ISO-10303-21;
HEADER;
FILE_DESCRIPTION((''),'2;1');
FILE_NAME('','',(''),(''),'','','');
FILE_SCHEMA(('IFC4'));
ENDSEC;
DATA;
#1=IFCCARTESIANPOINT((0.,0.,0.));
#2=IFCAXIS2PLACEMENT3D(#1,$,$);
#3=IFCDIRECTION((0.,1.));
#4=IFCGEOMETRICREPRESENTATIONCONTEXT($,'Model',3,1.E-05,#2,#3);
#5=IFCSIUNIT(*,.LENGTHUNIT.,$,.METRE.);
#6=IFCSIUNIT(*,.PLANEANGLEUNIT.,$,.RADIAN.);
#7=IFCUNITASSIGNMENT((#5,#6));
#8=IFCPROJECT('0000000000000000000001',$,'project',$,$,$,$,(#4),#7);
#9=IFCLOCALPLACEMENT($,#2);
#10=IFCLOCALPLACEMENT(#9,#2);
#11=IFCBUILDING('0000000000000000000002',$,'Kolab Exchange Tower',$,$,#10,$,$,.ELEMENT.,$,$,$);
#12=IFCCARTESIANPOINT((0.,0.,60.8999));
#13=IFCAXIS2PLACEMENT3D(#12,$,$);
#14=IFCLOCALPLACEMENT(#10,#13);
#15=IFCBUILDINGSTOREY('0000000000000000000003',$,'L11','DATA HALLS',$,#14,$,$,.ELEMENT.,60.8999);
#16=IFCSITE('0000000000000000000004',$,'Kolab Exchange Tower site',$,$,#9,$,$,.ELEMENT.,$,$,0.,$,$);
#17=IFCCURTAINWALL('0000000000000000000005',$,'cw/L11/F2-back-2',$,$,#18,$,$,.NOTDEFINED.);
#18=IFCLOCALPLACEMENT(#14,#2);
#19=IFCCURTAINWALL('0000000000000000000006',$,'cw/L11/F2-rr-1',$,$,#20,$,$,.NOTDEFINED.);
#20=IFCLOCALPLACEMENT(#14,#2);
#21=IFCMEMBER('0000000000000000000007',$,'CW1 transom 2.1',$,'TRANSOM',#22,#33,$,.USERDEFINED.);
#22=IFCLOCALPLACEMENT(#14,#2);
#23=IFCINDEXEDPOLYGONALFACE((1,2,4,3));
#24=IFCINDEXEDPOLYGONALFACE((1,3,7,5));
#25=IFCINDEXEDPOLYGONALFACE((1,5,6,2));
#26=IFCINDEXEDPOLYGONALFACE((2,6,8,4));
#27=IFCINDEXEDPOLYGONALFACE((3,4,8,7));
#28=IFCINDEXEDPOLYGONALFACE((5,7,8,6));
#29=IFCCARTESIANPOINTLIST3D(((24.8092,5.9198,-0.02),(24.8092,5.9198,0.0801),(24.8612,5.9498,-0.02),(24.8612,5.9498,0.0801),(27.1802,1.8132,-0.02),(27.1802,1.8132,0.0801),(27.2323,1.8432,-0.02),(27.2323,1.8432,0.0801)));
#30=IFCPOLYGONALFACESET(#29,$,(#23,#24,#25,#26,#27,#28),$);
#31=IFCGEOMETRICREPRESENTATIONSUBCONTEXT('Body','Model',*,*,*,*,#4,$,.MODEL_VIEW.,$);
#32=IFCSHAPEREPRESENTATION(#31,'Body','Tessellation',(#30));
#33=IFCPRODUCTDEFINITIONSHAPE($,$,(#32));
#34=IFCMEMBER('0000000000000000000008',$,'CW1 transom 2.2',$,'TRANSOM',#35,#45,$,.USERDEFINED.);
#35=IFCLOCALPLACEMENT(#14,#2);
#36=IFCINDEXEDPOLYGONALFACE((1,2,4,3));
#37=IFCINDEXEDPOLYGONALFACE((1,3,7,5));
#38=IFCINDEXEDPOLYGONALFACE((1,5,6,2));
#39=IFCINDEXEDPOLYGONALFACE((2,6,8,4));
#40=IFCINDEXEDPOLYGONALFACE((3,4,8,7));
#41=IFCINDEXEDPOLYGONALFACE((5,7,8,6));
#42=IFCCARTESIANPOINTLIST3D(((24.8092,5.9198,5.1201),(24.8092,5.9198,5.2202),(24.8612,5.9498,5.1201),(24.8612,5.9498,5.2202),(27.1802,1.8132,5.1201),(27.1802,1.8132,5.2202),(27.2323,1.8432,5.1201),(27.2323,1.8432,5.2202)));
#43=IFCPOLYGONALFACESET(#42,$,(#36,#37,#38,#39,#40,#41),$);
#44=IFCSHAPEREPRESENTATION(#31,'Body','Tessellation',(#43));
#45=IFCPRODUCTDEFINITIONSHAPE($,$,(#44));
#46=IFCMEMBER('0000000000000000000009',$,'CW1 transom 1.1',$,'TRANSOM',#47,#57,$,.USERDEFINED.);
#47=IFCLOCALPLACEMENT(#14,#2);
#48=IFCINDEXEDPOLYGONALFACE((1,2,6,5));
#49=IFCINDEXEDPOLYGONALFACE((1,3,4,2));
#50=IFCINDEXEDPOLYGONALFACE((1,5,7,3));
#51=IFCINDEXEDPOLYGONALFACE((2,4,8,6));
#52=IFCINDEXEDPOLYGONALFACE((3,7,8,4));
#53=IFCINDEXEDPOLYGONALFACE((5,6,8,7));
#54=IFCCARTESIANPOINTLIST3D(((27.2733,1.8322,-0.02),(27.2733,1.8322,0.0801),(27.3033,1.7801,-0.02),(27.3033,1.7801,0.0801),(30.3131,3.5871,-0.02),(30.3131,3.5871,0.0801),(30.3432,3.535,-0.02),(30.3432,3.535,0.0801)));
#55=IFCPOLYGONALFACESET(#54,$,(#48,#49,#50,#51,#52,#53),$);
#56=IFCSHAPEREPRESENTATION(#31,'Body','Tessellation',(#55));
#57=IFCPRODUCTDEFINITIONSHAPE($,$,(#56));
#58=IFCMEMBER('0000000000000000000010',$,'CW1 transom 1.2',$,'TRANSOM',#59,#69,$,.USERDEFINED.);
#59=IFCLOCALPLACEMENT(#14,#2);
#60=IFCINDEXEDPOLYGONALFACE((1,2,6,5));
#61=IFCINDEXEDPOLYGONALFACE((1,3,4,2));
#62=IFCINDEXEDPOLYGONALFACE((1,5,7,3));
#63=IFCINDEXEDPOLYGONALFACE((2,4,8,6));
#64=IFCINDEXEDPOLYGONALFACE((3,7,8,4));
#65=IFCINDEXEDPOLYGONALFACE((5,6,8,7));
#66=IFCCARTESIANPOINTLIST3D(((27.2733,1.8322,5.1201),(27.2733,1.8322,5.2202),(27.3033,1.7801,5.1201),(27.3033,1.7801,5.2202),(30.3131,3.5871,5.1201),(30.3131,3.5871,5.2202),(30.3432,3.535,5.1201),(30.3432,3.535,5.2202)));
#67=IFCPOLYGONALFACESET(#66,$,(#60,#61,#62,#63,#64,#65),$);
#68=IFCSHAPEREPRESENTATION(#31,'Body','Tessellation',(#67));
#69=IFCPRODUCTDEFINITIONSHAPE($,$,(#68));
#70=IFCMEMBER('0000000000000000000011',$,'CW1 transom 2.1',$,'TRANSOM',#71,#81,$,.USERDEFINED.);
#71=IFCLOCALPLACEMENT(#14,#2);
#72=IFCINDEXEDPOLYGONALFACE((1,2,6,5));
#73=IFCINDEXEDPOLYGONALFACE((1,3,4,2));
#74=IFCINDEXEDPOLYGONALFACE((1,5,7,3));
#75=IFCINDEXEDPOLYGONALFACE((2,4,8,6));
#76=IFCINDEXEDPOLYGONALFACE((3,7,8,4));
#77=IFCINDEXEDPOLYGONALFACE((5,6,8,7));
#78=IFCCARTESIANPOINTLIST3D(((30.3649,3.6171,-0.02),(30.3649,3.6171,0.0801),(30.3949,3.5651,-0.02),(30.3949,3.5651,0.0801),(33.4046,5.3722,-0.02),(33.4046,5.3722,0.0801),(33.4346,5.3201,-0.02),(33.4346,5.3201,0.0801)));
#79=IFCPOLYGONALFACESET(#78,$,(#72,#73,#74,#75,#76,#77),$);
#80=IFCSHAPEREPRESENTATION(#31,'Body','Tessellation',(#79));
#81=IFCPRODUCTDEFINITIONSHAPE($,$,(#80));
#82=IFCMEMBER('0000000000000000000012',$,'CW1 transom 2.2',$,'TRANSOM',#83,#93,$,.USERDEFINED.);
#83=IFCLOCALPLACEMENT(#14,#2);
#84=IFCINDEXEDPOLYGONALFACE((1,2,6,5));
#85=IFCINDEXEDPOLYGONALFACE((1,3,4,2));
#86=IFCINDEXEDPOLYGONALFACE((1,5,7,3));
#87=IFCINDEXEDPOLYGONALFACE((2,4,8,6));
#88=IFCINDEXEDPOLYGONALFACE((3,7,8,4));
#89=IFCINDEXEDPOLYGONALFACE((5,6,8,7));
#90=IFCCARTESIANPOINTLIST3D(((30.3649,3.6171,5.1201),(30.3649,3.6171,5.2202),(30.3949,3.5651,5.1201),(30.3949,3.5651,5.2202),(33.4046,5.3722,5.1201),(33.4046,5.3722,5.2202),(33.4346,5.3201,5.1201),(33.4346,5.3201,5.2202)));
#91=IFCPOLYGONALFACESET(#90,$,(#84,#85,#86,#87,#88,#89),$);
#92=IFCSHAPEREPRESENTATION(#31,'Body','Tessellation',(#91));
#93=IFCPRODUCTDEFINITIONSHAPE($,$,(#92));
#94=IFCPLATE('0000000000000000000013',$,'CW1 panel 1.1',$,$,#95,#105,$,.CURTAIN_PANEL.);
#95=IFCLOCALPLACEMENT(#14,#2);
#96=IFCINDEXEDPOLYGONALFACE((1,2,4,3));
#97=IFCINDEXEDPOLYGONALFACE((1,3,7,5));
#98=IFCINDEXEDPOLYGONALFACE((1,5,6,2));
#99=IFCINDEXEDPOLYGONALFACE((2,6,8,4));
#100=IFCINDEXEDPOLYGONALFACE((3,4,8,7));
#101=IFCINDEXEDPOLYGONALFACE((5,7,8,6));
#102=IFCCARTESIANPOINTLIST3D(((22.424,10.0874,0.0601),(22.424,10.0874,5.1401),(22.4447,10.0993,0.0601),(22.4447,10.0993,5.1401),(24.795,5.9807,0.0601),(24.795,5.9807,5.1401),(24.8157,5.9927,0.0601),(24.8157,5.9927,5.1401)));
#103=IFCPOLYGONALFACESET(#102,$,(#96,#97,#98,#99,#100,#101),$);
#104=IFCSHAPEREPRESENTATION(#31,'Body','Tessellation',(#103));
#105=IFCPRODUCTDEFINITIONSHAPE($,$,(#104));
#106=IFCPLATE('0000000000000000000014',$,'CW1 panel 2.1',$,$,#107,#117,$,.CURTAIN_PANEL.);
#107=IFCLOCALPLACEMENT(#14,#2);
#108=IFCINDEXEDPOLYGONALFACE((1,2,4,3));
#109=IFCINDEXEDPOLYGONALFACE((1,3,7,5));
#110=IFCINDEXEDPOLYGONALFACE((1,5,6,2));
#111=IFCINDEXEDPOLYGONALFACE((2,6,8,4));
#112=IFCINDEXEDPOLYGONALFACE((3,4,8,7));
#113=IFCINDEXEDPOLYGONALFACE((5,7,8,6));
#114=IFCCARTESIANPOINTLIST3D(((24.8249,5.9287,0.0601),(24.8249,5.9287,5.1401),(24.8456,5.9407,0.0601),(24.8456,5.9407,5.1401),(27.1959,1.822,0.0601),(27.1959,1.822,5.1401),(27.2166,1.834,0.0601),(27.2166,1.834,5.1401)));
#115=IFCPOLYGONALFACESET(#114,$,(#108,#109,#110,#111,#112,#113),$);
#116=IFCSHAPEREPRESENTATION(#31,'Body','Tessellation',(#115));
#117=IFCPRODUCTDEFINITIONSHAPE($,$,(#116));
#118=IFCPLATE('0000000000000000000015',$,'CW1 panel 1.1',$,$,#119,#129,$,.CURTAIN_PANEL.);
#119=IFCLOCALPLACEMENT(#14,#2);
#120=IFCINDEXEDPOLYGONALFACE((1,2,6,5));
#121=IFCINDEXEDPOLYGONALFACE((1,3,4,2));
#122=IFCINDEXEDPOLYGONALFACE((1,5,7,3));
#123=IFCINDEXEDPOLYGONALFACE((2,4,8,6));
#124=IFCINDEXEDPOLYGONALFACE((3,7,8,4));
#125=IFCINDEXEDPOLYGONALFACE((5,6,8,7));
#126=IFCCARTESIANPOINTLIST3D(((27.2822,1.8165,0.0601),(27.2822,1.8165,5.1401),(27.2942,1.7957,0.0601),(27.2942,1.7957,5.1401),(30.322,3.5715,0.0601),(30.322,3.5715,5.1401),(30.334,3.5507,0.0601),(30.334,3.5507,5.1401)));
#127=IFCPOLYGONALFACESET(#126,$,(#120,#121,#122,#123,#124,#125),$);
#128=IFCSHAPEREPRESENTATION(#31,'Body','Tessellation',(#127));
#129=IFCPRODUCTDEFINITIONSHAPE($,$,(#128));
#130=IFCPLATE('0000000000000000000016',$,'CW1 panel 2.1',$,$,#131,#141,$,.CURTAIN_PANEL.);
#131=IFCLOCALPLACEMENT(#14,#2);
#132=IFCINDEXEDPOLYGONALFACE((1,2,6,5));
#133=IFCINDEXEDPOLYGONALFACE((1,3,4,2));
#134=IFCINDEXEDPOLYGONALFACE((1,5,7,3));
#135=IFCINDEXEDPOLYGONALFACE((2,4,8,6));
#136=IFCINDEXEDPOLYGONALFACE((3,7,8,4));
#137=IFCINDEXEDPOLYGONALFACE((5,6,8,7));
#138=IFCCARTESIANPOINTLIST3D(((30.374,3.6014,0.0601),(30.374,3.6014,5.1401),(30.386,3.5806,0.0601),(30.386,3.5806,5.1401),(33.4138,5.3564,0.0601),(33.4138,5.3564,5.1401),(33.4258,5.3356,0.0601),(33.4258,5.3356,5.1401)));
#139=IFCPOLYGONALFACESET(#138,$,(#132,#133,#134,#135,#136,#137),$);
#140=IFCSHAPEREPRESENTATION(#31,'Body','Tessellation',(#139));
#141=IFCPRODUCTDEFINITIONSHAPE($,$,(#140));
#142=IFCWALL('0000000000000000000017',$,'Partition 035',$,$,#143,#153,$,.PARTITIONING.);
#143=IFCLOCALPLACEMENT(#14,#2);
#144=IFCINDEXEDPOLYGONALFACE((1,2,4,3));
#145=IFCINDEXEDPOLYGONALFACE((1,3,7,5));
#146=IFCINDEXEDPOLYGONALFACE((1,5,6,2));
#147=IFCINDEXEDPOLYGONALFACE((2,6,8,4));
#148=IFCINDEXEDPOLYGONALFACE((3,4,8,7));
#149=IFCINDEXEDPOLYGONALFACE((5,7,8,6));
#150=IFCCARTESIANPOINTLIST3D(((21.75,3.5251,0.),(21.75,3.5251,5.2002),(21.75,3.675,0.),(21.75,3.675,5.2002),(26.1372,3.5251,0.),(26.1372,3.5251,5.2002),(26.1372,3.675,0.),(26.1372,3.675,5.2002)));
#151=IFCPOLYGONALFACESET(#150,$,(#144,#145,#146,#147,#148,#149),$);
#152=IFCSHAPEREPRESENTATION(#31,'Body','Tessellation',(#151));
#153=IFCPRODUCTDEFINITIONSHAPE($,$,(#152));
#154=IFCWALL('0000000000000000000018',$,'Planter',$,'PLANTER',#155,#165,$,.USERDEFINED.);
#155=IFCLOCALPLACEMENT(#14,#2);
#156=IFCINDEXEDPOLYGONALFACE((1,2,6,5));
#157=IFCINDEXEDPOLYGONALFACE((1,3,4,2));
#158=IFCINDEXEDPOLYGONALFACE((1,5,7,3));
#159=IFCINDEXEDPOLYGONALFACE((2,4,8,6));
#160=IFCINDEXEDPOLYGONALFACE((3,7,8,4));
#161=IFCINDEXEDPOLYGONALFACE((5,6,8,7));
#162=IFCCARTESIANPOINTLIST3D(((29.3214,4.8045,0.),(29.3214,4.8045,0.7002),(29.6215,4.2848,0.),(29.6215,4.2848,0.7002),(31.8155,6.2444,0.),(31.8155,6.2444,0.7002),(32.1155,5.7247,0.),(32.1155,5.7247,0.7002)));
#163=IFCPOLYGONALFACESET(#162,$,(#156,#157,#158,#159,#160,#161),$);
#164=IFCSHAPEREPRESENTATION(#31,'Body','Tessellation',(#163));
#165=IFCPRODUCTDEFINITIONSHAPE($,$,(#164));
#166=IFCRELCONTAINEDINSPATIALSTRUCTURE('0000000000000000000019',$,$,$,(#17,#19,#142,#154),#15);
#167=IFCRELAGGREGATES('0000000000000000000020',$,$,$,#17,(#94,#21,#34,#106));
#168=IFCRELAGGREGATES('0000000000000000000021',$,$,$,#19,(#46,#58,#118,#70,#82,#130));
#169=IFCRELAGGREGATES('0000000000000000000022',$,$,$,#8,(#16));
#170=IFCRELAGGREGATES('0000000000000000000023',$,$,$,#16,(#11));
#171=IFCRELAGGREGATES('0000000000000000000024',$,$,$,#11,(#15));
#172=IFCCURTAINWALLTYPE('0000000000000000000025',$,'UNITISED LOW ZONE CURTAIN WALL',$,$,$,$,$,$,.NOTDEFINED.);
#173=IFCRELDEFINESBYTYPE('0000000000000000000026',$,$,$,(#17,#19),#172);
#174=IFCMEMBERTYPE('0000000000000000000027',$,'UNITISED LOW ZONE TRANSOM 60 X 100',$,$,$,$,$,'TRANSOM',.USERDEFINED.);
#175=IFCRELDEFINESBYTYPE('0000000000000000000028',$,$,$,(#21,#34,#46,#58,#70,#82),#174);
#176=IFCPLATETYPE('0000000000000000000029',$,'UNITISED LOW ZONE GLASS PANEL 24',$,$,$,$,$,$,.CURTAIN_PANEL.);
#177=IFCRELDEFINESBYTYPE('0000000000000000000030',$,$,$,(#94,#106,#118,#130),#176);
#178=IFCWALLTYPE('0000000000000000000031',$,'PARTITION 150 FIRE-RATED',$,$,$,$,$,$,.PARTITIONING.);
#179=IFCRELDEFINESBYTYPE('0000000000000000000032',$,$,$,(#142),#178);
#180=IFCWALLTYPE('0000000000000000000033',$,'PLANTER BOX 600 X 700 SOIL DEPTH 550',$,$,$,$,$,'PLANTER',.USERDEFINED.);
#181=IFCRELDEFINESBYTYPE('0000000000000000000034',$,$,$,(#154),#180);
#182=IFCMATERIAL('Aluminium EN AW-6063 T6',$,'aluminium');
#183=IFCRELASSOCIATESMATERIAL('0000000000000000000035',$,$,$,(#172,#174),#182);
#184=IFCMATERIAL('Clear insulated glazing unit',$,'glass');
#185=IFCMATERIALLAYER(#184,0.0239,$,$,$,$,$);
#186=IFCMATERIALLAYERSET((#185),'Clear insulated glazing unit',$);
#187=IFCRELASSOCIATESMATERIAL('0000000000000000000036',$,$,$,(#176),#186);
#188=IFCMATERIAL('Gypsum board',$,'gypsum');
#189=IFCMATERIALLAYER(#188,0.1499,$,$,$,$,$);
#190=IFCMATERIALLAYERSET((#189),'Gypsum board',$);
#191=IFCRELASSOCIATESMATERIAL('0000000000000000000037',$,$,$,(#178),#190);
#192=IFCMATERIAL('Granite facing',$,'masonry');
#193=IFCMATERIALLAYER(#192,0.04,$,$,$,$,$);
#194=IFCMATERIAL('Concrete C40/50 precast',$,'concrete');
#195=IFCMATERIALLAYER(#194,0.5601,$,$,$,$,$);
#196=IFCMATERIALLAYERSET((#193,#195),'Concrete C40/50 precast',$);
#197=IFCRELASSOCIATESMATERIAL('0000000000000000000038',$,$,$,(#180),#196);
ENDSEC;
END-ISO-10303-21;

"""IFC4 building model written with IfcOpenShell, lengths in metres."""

from ifc_helpers import new_model, si_unit, direction, frame, frame_2d, origin, origin_2d, place, context, subcontext, project, spatial, rectangle, extrude, material, layer, layer_set, material_profile, profile_set, type_object, element, aggregate, save


model = new_model("IFC4")

# Units and contexts
model_context = context("Model", 3, precision=1e-05, world=origin(), true_north=direction((0.0, 1.0)))
body_context = subcontext(model_context, "Body", "Model", "MODEL_VIEW")
ifc_project = project(units=[si_unit("LENGTHUNIT", "METRE"), si_unit("PLANEANGLEUNIT", "RADIAN")], contexts=[model_context])

# Site, building, storey
site_placement = place(None, origin())
site = spatial("IfcSite", under=ifc_project, at=site_placement, Name="Kolab Exchange Tower site", CompositionType="ELEMENT", RefElevation=0.0)
building_placement = place(site_placement, origin())
building = spatial("IfcBuilding", under=site, at=building_placement, Name="Kolab Exchange Tower", CompositionType="ELEMENT")
storey_placement = place(building_placement, frame((0.0, 0.0, 60.8999)))
storey = spatial("IfcBuildingStorey", under=building, at=storey_placement, Name="L11", Description="DATA HALLS", CompositionType="ELEMENT", Elevation=60.8999)

# Curtain walls
ifc_material_1 = material(Name="Aluminium EN AW-6063 T6", Category="aluminium")
curtain_wall_type = type_object("IfcCurtainWallType", Name="UNITISED LOW ZONE CURTAIN WALL", PredefinedType="NOTDEFINED", material=ifc_material_1)
curtain_wall_1_placement = place(storey_placement, origin())
curtain_wall_1 = element("IfcCurtainWall", 1, at=curtain_wall_1_placement, inside=storey, type_object=curtain_wall_type, Name="cw/L11/F2-back-2", PredefinedType="NOTDEFINED")
curtain_wall_2_placement = place(storey_placement, origin())
curtain_wall_2 = element("IfcCurtainWall", 2, at=curtain_wall_2_placement, inside=storey, type_object=curtain_wall_type, Name="cw/L11/F2-rr-1", PredefinedType="NOTDEFINED")

# Members
ifc_material_profile_1 = material_profile(ifc_material_1, rectangle(XDim=0.0601, YDim=0.1001, at=origin_2d()), Name="RECT 60X100")
ifc_profile_set_1 = profile_set([ifc_material_profile_1], Name="Aluminium EN AW-6063 T6")
member_type_1 = type_object("IfcMemberType", Name="UNITISED LOW ZONE TRANSOM 60 X 100", ElementType="TRANSOM", PredefinedType="USERDEFINED", material=ifc_profile_set_1)
member_1_placement = place(storey_placement, frame((24.8352, 5.9348, 0.03), z_axis=(0.500015, -0.866017, 0.0), x_axis=(0.866017, 0.500015, 0.0)))
member_1 = element("IfcMember", 3, at=member_1_placement, type_object=member_type_1, Name="CW1 transom 2.1", ObjectType="TRANSOM", PredefinedType="USERDEFINED", context=body_context, shape_type="SweptSolid", body=[
    extrude(rectangle(XDim=0.0601, YDim=0.1001, at=origin_2d()), origin(), (0.0, 0.0, 1.0), 4.7419),
])
member_2_placement = place(storey_placement, frame((24.8352, 5.9348, 5.1702), z_axis=(0.500015, -0.866017, 0.0), x_axis=(0.866017, 0.500015, 0.0)))
member_2 = element("IfcMember", 4, at=member_2_placement, type_object=member_type_1, Name="CW1 transom 2.2", ObjectType="TRANSOM", PredefinedType="USERDEFINED", context=body_context, shape_type="SweptSolid", body=[
    extrude(rectangle(XDim=0.0601, YDim=0.1001, at=origin_2d()), origin(), (0.0, 0.0, 1.0), 4.7419),
])
member_3_placement = place(storey_placement, frame((27.2883, 1.8062, 0.03), z_axis=(0.866043, 0.499969, 0.0), x_axis=(-0.499969, 0.866043, 0.0)))
member_3 = element("IfcMember", 5, at=member_3_placement, type_object=member_type_1, Name="CW1 transom 1.1", ObjectType="TRANSOM", PredefinedType="USERDEFINED", context=body_context, shape_type="SweptSolid", body=[
    extrude(rectangle(XDim=0.0601, YDim=0.1001, at=origin_2d()), origin(), (0.0, 0.0, 1.0), 3.51),
])
member_4_placement = place(storey_placement, frame((27.2883, 1.8062, 5.1702), z_axis=(0.866043, 0.499969, 0.0), x_axis=(-0.499969, 0.866043, 0.0)))
member_4 = element("IfcMember", 6, at=member_4_placement, type_object=member_type_1, Name="CW1 transom 1.2", ObjectType="TRANSOM", PredefinedType="USERDEFINED", context=body_context, shape_type="SweptSolid", body=[
    extrude(rectangle(XDim=0.0601, YDim=0.1001, at=origin_2d()), origin(), (0.0, 0.0, 1.0), 3.51),
])
member_5_placement = place(storey_placement, frame((30.3799, 3.5911, 0.03), z_axis=(0.866013, 0.500021, 0.0), x_axis=(-0.500021, 0.866013, 0.0)))
member_5 = element("IfcMember", 7, at=member_5_placement, type_object=member_type_1, Name="CW1 transom 2.1", ObjectType="TRANSOM", PredefinedType="USERDEFINED", context=body_context, shape_type="SweptSolid", body=[
    extrude(rectangle(XDim=0.0601, YDim=0.1001, at=origin_2d()), origin(), (0.0, 0.0, 1.0), 3.51),
])
member_6_placement = place(storey_placement, frame((30.3799, 3.5911, 5.1702), z_axis=(0.866013, 0.500021, 0.0), x_axis=(-0.500021, 0.866013, 0.0)))
member_6 = element("IfcMember", 8, at=member_6_placement, type_object=member_type_1, Name="CW1 transom 2.2", ObjectType="TRANSOM", PredefinedType="USERDEFINED", context=body_context, shape_type="SweptSolid", body=[
    extrude(rectangle(XDim=0.0601, YDim=0.1001, at=origin_2d()), origin(), (0.0, 0.0, 1.0), 3.51),
])

# Plates
ifc_material_2 = material(Name="Clear insulated glazing unit", Category="glass")
ifc_layer_1 = layer(ifc_material_2, 0.0239)
ifc_layer_set_1 = layer_set([ifc_layer_1], Name="Clear insulated glazing unit")
plate_type = type_object("IfcPlateType", Name="UNITISED LOW ZONE GLASS PANEL 24", PredefinedType="CURTAIN_PANEL", material=ifc_layer_set_1)
plate_1_placement = place(storey_placement, frame((23.6199, 8.04, 0.0601), z_axis=(0.0, 0.0, 1.0), x_axis=(0.5, -0.866025, 0.0)))
plate_1 = element("IfcPlate", 9, at=plate_1_placement, type_object=plate_type, Name="CW1 panel 1.1", PredefinedType="CURTAIN_PANEL", context=body_context, shape_type="SweptSolid", body=[
    extrude(rectangle(XDim=4.7419, YDim=0.0239, at=origin_2d()), origin(), (0.0, 0.0, 1.0), 5.0801),
])
plate_2_placement = place(storey_placement, frame((26.0208, 3.8813, 0.0601), z_axis=(0.0, 0.0, 1.0), x_axis=(0.5, -0.866025, 0.0)))
plate_2 = element("IfcPlate", 10, at=plate_2_placement, type_object=plate_type, Name="CW1 panel 2.1", PredefinedType="CURTAIN_PANEL", context=body_context, shape_type="SweptSolid", body=[
    extrude(rectangle(XDim=4.7419, YDim=0.0239, at=origin_2d()), origin(), (0.0, 0.0, 1.0), 5.0801),
])
aggregate(curtain_wall_1, [plate_1, member_1, member_2, plate_2])
plate_3_placement = place(storey_placement, frame((28.8081, 2.6836, 0.0601), z_axis=(0.0, 0.0, 1.0), x_axis=(0.866025, 0.5, 0.0)))
plate_3 = element("IfcPlate", 11, at=plate_3_placement, type_object=plate_type, Name="CW1 panel 1.1", PredefinedType="CURTAIN_PANEL", context=body_context, shape_type="SweptSolid", body=[
    extrude(rectangle(XDim=3.51, YDim=0.0239, at=origin_2d()), origin(), (0.0, 0.0, 1.0), 5.0801),
])
plate_4_placement = place(storey_placement, frame((31.8999, 4.4685, 0.0601), z_axis=(0.0, 0.0, 1.0), x_axis=(0.866025, 0.5, 0.0)))
plate_4 = element("IfcPlate", 12, at=plate_4_placement, type_object=plate_type, Name="CW1 panel 2.1", PredefinedType="CURTAIN_PANEL", context=body_context, shape_type="SweptSolid", body=[
    extrude(rectangle(XDim=3.51, YDim=0.0239, at=origin_2d()), origin(), (0.0, 0.0, 1.0), 5.0801),
])
aggregate(curtain_wall_2, [member_3, member_4, plate_3, member_5, member_6, plate_4])

# Walls
ifc_material_3 = material(Name="Gypsum board", Category="gypsum")
ifc_layer_2 = layer(ifc_material_3, 0.1499)
ifc_layer_set_2 = layer_set([ifc_layer_2], Name="Gypsum board")
wall_type_1 = type_object("IfcWallType", Name="PARTITION 150 FIRE-RATED", PredefinedType="PARTITIONING", material=ifc_layer_set_2)
wall_1_placement = place(storey_placement, frame((21.75, 3.6001, 0.0), z_axis=(0.0, 0.0, 1.0), x_axis=(1.0, 0.0, 0.0)))
element("IfcWall", 13, at=wall_1_placement, inside=storey, type_object=wall_type_1, Name="Partition 035", PredefinedType="PARTITIONING", context=body_context, shape_type="SweptSolid", body=[
    extrude(rectangle(XDim=4.3872, YDim=0.1499, at=frame_2d((2.1936, 0.0))), origin(), (0.0, 0.0, 1.0), 5.2002),
])
ifc_material_4 = material(Name="Granite facing", Category="masonry")
ifc_layer_3 = layer(ifc_material_4, 0.04)
ifc_material_5 = material(Name="Concrete C40/50 precast", Category="concrete")
ifc_layer_4 = layer(ifc_material_5, 0.5601)
ifc_layer_set_3 = layer_set([ifc_layer_3, ifc_layer_4], Name="Concrete C40/50 precast")
wall_type_2 = type_object("IfcWallType", Name="PLANTER BOX 600 X 700 SOIL DEPTH 550", ElementType="PLANTER", PredefinedType="USERDEFINED", material=ifc_layer_set_3)
wall_2_placement = place(storey_placement, frame((29.4714, 4.5447, 0.0), z_axis=(0.0, 0.0, 1.0), x_axis=(0.866033, 0.499987, 0.0)))
element("IfcWall", 14, at=wall_2_placement, inside=storey, type_object=wall_type_2, Name="Planter", ObjectType="PLANTER", PredefinedType="USERDEFINED", context=body_context, shape_type="SweptSolid", body=[
    extrude(rectangle(XDim=2.8799, YDim=0.6001, at=frame_2d((1.4399, 0.0))), origin(), (0.0, 0.0, 1.0), 0.7002),
])

save(model, "model.ifc")
